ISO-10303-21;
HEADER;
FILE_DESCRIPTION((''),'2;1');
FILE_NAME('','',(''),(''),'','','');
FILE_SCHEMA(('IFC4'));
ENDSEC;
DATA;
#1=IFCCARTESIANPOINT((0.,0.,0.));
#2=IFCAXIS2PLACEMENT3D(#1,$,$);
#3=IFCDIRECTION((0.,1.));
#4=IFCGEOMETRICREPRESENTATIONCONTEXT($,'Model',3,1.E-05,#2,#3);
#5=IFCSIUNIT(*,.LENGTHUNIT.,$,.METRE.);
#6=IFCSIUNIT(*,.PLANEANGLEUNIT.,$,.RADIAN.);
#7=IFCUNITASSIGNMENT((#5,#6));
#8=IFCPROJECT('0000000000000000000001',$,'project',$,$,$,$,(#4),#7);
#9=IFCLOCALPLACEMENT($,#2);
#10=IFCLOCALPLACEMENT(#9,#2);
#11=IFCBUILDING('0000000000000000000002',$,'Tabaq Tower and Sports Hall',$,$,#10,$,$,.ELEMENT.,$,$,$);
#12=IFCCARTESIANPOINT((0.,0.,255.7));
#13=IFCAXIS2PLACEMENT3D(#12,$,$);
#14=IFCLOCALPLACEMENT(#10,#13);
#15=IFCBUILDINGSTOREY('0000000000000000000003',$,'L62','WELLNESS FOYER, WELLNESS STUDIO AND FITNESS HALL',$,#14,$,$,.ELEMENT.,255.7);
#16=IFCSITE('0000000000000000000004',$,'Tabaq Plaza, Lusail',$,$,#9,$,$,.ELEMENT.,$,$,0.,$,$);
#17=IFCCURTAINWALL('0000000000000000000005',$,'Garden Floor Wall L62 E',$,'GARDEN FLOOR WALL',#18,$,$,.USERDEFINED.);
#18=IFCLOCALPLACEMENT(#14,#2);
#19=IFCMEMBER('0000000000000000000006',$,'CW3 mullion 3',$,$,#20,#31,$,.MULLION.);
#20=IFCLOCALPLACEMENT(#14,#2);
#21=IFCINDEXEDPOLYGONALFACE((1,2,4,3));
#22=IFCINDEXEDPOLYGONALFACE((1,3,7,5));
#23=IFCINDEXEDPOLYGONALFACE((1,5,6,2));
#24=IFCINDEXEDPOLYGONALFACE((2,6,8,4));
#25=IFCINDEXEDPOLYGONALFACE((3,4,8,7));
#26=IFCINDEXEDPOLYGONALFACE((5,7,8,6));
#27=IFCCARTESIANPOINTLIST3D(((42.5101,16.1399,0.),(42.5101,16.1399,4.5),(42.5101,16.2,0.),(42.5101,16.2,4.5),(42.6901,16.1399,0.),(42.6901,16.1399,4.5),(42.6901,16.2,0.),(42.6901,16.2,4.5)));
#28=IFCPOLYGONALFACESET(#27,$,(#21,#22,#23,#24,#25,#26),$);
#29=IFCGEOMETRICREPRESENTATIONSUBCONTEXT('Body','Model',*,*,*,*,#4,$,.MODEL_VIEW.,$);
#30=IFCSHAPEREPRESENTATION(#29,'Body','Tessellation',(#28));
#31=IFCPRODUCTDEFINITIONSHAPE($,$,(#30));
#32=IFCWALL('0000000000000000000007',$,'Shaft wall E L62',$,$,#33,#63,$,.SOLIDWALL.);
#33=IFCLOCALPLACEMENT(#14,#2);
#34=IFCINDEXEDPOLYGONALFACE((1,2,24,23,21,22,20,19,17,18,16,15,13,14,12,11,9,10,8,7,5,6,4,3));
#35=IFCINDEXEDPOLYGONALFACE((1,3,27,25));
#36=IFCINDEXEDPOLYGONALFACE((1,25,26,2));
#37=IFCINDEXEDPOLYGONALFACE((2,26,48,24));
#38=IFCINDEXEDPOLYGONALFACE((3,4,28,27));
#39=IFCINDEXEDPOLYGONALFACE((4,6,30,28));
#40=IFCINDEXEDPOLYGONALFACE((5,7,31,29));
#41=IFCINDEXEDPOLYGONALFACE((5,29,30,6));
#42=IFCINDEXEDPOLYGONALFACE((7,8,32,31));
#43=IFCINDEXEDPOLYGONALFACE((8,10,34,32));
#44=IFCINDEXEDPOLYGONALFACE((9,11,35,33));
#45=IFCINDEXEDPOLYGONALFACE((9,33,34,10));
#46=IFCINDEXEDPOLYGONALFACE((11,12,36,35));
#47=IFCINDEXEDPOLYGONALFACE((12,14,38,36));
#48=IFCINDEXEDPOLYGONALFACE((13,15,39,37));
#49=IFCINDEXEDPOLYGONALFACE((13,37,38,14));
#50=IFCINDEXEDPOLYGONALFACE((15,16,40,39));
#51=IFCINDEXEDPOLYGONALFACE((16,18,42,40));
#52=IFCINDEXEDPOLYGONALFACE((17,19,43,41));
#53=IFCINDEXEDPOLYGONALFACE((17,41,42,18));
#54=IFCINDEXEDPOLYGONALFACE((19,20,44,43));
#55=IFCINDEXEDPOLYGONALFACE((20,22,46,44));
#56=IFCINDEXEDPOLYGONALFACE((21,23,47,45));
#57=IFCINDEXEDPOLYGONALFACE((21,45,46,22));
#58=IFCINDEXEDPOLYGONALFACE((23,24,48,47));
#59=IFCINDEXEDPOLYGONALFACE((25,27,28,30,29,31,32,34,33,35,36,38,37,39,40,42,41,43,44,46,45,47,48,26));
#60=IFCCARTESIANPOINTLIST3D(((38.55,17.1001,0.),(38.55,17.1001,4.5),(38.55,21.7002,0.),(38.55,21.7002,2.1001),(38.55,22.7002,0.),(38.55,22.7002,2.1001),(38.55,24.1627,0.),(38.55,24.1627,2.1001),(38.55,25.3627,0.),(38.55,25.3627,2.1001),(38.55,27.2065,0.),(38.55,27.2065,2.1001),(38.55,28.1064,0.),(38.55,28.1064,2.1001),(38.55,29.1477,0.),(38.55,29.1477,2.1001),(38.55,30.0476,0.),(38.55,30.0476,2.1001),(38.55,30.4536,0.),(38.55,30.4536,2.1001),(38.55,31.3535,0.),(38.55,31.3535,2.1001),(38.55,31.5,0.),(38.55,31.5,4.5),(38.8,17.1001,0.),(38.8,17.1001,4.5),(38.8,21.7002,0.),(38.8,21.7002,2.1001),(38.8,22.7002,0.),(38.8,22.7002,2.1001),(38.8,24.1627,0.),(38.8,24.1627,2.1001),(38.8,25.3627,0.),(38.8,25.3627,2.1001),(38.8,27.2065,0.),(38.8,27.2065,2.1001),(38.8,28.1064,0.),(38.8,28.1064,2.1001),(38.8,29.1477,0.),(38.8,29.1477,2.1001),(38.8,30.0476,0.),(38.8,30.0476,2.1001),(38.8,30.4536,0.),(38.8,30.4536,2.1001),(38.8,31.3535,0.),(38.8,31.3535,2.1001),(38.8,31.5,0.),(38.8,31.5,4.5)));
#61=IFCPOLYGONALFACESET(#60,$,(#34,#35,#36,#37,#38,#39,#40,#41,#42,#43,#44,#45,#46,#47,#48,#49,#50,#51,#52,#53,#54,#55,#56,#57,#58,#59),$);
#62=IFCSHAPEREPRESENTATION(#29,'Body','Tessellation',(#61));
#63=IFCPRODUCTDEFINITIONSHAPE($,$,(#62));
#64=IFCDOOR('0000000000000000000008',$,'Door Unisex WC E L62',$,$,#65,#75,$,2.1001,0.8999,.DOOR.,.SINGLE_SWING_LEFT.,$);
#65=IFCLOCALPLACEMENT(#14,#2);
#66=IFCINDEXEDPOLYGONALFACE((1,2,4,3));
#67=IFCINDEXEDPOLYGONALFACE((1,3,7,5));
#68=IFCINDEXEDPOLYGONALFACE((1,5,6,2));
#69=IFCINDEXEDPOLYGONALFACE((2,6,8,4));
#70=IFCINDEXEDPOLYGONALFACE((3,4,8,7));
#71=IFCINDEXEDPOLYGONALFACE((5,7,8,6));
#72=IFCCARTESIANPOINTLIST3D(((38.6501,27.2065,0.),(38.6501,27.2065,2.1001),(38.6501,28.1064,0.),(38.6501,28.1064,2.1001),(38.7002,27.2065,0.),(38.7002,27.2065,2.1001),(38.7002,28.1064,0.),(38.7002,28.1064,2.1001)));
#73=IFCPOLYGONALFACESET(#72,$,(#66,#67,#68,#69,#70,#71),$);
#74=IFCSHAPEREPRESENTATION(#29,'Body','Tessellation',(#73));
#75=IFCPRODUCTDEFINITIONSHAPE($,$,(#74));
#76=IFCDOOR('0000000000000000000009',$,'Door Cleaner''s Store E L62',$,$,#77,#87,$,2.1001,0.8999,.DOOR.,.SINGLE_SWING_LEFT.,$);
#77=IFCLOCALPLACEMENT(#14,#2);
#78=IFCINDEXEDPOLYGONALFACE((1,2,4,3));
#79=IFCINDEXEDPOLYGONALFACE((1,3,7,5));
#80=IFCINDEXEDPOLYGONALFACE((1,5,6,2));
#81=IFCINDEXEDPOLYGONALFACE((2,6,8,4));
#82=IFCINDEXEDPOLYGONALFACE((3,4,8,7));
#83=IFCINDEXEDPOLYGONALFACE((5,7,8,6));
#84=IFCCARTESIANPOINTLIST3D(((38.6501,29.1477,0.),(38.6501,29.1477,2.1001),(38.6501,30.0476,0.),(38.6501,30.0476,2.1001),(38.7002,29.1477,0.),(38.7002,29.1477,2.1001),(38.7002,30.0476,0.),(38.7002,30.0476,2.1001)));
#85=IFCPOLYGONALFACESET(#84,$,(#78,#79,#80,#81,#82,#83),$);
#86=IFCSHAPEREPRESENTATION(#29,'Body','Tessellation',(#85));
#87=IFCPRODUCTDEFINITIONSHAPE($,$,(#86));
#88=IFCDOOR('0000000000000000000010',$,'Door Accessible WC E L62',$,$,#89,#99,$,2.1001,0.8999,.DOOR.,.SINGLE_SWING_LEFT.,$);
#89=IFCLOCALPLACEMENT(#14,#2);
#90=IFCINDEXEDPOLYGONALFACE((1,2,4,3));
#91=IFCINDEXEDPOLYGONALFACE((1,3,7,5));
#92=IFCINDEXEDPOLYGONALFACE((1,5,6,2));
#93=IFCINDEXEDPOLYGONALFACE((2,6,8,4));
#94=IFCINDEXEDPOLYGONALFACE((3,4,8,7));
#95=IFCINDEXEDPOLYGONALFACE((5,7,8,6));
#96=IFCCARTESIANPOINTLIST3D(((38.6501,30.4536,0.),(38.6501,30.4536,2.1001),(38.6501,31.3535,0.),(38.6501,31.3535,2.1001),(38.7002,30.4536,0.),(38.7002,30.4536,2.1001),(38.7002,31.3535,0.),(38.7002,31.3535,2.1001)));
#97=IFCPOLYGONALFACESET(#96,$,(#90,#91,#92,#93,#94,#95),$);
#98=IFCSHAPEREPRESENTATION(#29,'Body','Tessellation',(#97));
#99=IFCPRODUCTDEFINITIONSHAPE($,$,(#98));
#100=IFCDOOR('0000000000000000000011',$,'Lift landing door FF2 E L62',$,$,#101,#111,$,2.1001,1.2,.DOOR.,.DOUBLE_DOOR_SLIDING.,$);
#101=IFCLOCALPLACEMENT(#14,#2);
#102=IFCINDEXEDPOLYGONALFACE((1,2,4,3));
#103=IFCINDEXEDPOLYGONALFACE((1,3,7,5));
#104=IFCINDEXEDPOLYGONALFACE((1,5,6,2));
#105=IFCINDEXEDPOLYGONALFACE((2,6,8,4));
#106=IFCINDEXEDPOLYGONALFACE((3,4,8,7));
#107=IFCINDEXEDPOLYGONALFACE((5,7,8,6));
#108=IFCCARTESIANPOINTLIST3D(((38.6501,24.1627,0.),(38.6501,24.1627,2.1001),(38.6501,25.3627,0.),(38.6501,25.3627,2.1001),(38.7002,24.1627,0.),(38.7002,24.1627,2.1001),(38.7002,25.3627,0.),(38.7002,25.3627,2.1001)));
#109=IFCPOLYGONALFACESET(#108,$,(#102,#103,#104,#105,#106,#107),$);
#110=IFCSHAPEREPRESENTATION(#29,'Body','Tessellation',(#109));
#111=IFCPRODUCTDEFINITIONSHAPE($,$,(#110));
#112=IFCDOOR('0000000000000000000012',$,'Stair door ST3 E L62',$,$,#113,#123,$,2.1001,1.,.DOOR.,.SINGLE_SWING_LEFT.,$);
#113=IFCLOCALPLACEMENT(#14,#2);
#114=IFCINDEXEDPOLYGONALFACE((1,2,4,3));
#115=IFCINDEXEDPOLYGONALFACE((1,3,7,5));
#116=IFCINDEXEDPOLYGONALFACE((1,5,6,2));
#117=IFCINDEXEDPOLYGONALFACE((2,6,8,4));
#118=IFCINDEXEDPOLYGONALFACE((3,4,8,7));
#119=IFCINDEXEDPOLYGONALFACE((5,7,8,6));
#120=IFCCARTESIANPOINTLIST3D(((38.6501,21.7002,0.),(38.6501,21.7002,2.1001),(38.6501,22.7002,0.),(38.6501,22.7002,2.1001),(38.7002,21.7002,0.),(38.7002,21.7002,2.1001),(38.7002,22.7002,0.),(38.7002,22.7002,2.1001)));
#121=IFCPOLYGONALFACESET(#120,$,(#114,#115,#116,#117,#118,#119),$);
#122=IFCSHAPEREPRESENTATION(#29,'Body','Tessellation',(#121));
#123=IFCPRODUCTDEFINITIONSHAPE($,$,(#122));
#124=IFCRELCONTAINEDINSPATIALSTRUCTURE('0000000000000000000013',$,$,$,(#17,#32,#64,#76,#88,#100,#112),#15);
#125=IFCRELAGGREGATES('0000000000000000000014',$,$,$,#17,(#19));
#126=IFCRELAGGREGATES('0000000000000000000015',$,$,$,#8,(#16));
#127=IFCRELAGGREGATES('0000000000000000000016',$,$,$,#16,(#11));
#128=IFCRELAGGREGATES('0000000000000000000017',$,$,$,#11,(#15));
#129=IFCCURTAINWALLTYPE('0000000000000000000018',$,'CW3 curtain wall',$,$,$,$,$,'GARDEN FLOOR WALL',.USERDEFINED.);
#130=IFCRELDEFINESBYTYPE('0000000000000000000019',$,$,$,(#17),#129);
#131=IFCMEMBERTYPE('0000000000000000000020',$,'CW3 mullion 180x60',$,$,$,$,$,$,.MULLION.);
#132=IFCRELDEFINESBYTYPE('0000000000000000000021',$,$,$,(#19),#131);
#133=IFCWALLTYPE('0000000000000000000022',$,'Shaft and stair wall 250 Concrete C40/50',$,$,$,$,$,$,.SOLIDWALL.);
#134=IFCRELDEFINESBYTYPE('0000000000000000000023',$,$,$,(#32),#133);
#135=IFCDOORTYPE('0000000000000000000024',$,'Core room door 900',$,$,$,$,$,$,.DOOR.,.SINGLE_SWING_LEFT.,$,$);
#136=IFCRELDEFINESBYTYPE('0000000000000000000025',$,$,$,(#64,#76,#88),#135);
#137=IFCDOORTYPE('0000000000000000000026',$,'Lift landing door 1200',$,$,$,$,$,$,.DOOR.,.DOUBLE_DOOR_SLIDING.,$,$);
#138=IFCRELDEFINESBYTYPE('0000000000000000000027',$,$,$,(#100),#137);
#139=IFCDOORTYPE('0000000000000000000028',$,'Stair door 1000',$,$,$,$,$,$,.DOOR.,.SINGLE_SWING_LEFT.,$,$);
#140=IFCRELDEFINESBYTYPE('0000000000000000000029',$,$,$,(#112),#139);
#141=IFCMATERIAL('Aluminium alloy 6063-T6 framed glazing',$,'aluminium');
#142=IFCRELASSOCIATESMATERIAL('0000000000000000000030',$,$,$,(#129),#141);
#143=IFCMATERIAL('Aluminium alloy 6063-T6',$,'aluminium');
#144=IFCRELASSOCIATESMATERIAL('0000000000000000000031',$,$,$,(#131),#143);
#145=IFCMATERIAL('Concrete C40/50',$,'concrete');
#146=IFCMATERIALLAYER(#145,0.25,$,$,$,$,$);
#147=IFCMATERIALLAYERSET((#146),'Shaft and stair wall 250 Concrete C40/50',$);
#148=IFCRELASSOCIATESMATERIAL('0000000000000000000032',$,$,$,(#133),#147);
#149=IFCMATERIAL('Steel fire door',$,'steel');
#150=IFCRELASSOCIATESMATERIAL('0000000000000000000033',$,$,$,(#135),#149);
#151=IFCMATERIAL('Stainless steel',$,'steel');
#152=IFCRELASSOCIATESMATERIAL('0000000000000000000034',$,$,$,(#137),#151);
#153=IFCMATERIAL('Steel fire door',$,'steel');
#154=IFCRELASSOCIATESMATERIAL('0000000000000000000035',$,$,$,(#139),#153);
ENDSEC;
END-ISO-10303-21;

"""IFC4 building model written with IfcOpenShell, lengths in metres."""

from ifc_helpers import new_model, si_unit, direction, frame, frame_2d, origin, origin_2d, place, context, subcontext, project, spatial, rectangle, extrude, material, layer, layer_set, material_profile, profile_set, type_object, element, fill, aggregate, save


model = new_model("IFC4")

# Units and contexts
model_context = context("Model", 3, precision=1e-05, world=origin(), true_north=direction((0.0, 1.0)))
body_context = subcontext(model_context, "Body", "Model", "MODEL_VIEW")
ifc_project = project(units=[si_unit("LENGTHUNIT", "METRE"), si_unit("PLANEANGLEUNIT", "RADIAN")], contexts=[model_context])

# Site, building, storey
site_placement = place(None, origin())
site = spatial("IfcSite", under=ifc_project, at=site_placement, Name="Tabaq Plaza, Lusail", CompositionType="ELEMENT", RefElevation=0.0)
building_placement = place(site_placement, origin())
building = spatial("IfcBuilding", under=site, at=building_placement, Name="Tabaq Tower and Sports Hall", CompositionType="ELEMENT")
storey_placement = place(building_placement, frame((0.0, 0.0, 255.7)))
storey = spatial("IfcBuildingStorey", under=building, at=storey_placement, Name="L62", Description="WELLNESS FOYER, WELLNESS STUDIO AND FITNESS HALL", CompositionType="ELEMENT", Elevation=255.7)

# Curtain wall, member
ifc_material_1 = material(Name="Aluminium alloy 6063-T6 framed glazing", Category="aluminium")
curtain_wall_type = type_object("IfcCurtainWallType", Name="CW3 curtain wall", ElementType="GARDEN FLOOR WALL", PredefinedType="USERDEFINED", material=ifc_material_1)
curtain_wall_placement = place(storey_placement, origin())
curtain_wall = element("IfcCurtainWall", 1, at=curtain_wall_placement, inside=storey, type_object=curtain_wall_type, Name="Garden Floor Wall L62 E", ObjectType="GARDEN FLOOR WALL", PredefinedType="USERDEFINED")
ifc_material_2 = material(Name="Aluminium alloy 6063-T6", Category="aluminium")
ifc_material_profile = material_profile(ifc_material_2, rectangle(XDim=0.1799, YDim=0.0601, at=origin_2d()), Name="MULLION 180x60")
ifc_profile_set = profile_set([ifc_material_profile], Name="Aluminium alloy 6063-T6")
member_type = type_object("IfcMemberType", Name="CW3 mullion 180x60", PredefinedType="MULLION", material=ifc_profile_set)
member_placement = place(storey_placement, frame((42.6001, 16.1699, 0.0), z_axis=(0.0, 0.0, 1.0), x_axis=(-1.0, 0.0, 0.0)))
member = element("IfcMember", 2, at=member_placement, type_object=member_type, Name="CW3 mullion 3", PredefinedType="MULLION", context=body_context, shape_type="SweptSolid", body=[
    extrude(rectangle(XDim=0.1799, YDim=0.0601, at=origin_2d()), origin(), (0.0, 0.0, 1.0), 4.5),
])
aggregate(curtain_wall, [member])

# Wall, openings, doors
ifc_material_3 = material(Name="Concrete C40/50", Category="concrete")
ifc_layer_1 = layer(ifc_material_3, 0.25)
ifc_layer_set_1 = layer_set([ifc_layer_1], Name="Shaft and stair wall 250 Concrete C40/50")
wall_type_1 = type_object("IfcWallType", Name="Shaft and stair wall 250 Concrete C40/50", PredefinedType="SOLIDWALL", material=ifc_layer_set_1)
wall_1_placement = place(storey_placement, frame((38.675, 17.1001, 0.0), z_axis=(0.0, 0.0, 1.0), x_axis=(0.0, 1.0, 0.0)))
wall_1 = element("IfcWall", 3, at=wall_1_placement, inside=storey, type_object=wall_type_1, Name="Shaft wall E L62", PredefinedType="SOLIDWALL", context=body_context, shape_type="SweptSolid", body=[
    extrude(rectangle(XDim=14.3999, YDim=0.25, at=frame_2d((7.2, 0.0))), origin(), (0.0, 0.0, 1.0), 4.5),
])
opening_1_placement = place(wall_1_placement, frame((4.6001, 0.0, 0.0)))
opening_1 = element("IfcOpeningElement", 4, at=opening_1_placement, cuts=wall_1, PredefinedType="OPENING", context=body_context, shape_type="SweptSolid", body=[
    extrude(rectangle(XDim=1.0, YDim=2.1001, at=frame_2d((0.5, 1.05))), frame((0.0, 0.125, 0.0), z_axis=(0.0, -1.0, 0.0), x_axis=(1.0, 0.0, 0.0)), (0.0, 0.0, 1.0), 0.25),
])
opening_2_placement = place(wall_1_placement, frame((7.0625, 0.0, 0.0)))
opening_2 = element("IfcOpeningElement", 5, at=opening_2_placement, cuts=wall_1, PredefinedType="OPENING", context=body_context, shape_type="SweptSolid", body=[
    extrude(rectangle(XDim=1.2, YDim=2.1001, at=frame_2d((0.6001, 1.05))), frame((0.0, 0.125, 0.0), z_axis=(0.0, -1.0, 0.0), x_axis=(1.0, 0.0, 0.0)), (0.0, 0.0, 1.0), 0.25),
])
opening_3_placement = place(wall_1_placement, frame((10.1064, 0.0, 0.0)))
opening_3 = element("IfcOpeningElement", 6, at=opening_3_placement, cuts=wall_1, PredefinedType="OPENING", context=body_context, shape_type="SweptSolid", body=[
    extrude(rectangle(XDim=0.8999, YDim=2.1001, at=frame_2d((0.45, 1.05))), frame((0.0, 0.125, 0.0), z_axis=(0.0, -1.0, 0.0), x_axis=(1.0, 0.0, 0.0)), (0.0, 0.0, 1.0), 0.25),
])
opening_4_placement = place(wall_1_placement, frame((12.0476, 0.0, 0.0)))
opening_4 = element("IfcOpeningElement", 7, at=opening_4_placement, cuts=wall_1, PredefinedType="OPENING", context=body_context, shape_type="SweptSolid", body=[
    extrude(rectangle(XDim=0.8999, YDim=2.1001, at=frame_2d((0.45, 1.05))), frame((0.0, 0.125, 0.0), z_axis=(0.0, -1.0, 0.0), x_axis=(1.0, 0.0, 0.0)), (0.0, 0.0, 1.0), 0.25),
])
opening_5_placement = place(wall_1_placement, frame((13.3535, 0.0, 0.0)))
opening_5 = element("IfcOpeningElement", 8, at=opening_5_placement, cuts=wall_1, PredefinedType="OPENING", context=body_context, shape_type="SweptSolid", body=[
    extrude(rectangle(XDim=0.8999, YDim=2.1001, at=frame_2d((0.45, 1.05))), frame((0.0, 0.125, 0.0), z_axis=(0.0, -1.0, 0.0), x_axis=(1.0, 0.0, 0.0)), (0.0, 0.0, 1.0), 0.25),
])
ifc_material_4 = material(Name="Steel fire door", Category="steel")
door_type_1 = type_object("IfcDoorType", Name="Core room door 900", OperationType="SINGLE_SWING_LEFT", PredefinedType="DOOR", material=ifc_material_4)
door_1_placement = place(opening_3_placement, origin())
door_1 = element("IfcDoor", 9, at=door_1_placement, inside=storey, type_object=door_type_1, Name="Door Unisex WC E L62", OperationType="SINGLE_SWING_LEFT", OverallHeight=2.1001, OverallWidth=0.8999, PredefinedType="DOOR", context=body_context, shape_type="SweptSolid", body=[
    extrude(rectangle(XDim=0.8999, YDim=2.1001, at=frame_2d((0.45, 1.05))), frame((0.0, 0.0249, 0.0), z_axis=(0.0, -1.0, 0.0), x_axis=(1.0, 0.0, 0.0)), (0.0, 0.0, 1.0), 0.05),
])
fill(opening_3, door_1)
door_2_placement = place(opening_4_placement, origin())
door_2 = element("IfcDoor", 10, at=door_2_placement, inside=storey, type_object=door_type_1, Name="Door Cleaner's Store E L62", OperationType="SINGLE_SWING_LEFT", OverallHeight=2.1001, OverallWidth=0.8999, PredefinedType="DOOR", context=body_context, shape_type="SweptSolid", body=[
    extrude(rectangle(XDim=0.8999, YDim=2.1001, at=frame_2d((0.45, 1.05))), frame((0.0, 0.0249, 0.0), z_axis=(0.0, -1.0, 0.0), x_axis=(1.0, 0.0, 0.0)), (0.0, 0.0, 1.0), 0.05),
])
fill(opening_4, door_2)
door_3_placement = place(opening_5_placement, origin())
door_3 = element("IfcDoor", 11, at=door_3_placement, inside=storey, type_object=door_type_1, Name="Door Accessible WC E L62", OperationType="SINGLE_SWING_LEFT", OverallHeight=2.1001, OverallWidth=0.8999, PredefinedType="DOOR", context=body_context, shape_type="SweptSolid", body=[
    extrude(rectangle(XDim=0.8999, YDim=2.1001, at=frame_2d((0.45, 1.05))), frame((0.0, 0.0249, 0.0), z_axis=(0.0, -1.0, 0.0), x_axis=(1.0, 0.0, 0.0)), (0.0, 0.0, 1.0), 0.05),
])
fill(opening_5, door_3)
ifc_material_5 = material(Name="Stainless steel", Category="steel")
door_type_2 = type_object("IfcDoorType", Name="Lift landing door 1200", OperationType="DOUBLE_DOOR_SLIDING", PredefinedType="DOOR", material=ifc_material_5)
door_4_placement = place(opening_2_placement, origin())
door_4 = element("IfcDoor", 12, at=door_4_placement, inside=storey, type_object=door_type_2, Name="Lift landing door FF2 E L62", OperationType="DOUBLE_DOOR_SLIDING", OverallHeight=2.1001, OverallWidth=1.2, PredefinedType="DOOR", context=body_context, shape_type="SweptSolid", body=[
    extrude(rectangle(XDim=1.2, YDim=2.1001, at=frame_2d((0.6001, 1.05))), frame((0.0, 0.0249, 0.0), z_axis=(0.0, -1.0, 0.0), x_axis=(1.0, 0.0, 0.0)), (0.0, 0.0, 1.0), 0.05),
])
fill(opening_2, door_4)
ifc_material_6 = material(Name="Steel fire door", Category="steel")
door_type_3 = type_object("IfcDoorType", Name="Stair door 1000", OperationType="SINGLE_SWING_LEFT", PredefinedType="DOOR", material=ifc_material_6)
door_5_placement = place(opening_1_placement, origin())
door_5 = element("IfcDoor", 13, at=door_5_placement, inside=storey, type_object=door_type_3, Name="Stair door ST3 E L62", OperationType="SINGLE_SWING_LEFT", OverallHeight=2.1001, OverallWidth=1.0, PredefinedType="DOOR", context=body_context, shape_type="SweptSolid", body=[
    extrude(rectangle(XDim=1.0, YDim=2.1001, at=frame_2d((0.5, 1.05))), frame((0.0, 0.0249, 0.0), z_axis=(0.0, -1.0, 0.0), x_axis=(1.0, 0.0, 0.0)), (0.0, 0.0, 1.0), 0.05),
])
fill(opening_1, door_5)

save(model, "model.ifc")
